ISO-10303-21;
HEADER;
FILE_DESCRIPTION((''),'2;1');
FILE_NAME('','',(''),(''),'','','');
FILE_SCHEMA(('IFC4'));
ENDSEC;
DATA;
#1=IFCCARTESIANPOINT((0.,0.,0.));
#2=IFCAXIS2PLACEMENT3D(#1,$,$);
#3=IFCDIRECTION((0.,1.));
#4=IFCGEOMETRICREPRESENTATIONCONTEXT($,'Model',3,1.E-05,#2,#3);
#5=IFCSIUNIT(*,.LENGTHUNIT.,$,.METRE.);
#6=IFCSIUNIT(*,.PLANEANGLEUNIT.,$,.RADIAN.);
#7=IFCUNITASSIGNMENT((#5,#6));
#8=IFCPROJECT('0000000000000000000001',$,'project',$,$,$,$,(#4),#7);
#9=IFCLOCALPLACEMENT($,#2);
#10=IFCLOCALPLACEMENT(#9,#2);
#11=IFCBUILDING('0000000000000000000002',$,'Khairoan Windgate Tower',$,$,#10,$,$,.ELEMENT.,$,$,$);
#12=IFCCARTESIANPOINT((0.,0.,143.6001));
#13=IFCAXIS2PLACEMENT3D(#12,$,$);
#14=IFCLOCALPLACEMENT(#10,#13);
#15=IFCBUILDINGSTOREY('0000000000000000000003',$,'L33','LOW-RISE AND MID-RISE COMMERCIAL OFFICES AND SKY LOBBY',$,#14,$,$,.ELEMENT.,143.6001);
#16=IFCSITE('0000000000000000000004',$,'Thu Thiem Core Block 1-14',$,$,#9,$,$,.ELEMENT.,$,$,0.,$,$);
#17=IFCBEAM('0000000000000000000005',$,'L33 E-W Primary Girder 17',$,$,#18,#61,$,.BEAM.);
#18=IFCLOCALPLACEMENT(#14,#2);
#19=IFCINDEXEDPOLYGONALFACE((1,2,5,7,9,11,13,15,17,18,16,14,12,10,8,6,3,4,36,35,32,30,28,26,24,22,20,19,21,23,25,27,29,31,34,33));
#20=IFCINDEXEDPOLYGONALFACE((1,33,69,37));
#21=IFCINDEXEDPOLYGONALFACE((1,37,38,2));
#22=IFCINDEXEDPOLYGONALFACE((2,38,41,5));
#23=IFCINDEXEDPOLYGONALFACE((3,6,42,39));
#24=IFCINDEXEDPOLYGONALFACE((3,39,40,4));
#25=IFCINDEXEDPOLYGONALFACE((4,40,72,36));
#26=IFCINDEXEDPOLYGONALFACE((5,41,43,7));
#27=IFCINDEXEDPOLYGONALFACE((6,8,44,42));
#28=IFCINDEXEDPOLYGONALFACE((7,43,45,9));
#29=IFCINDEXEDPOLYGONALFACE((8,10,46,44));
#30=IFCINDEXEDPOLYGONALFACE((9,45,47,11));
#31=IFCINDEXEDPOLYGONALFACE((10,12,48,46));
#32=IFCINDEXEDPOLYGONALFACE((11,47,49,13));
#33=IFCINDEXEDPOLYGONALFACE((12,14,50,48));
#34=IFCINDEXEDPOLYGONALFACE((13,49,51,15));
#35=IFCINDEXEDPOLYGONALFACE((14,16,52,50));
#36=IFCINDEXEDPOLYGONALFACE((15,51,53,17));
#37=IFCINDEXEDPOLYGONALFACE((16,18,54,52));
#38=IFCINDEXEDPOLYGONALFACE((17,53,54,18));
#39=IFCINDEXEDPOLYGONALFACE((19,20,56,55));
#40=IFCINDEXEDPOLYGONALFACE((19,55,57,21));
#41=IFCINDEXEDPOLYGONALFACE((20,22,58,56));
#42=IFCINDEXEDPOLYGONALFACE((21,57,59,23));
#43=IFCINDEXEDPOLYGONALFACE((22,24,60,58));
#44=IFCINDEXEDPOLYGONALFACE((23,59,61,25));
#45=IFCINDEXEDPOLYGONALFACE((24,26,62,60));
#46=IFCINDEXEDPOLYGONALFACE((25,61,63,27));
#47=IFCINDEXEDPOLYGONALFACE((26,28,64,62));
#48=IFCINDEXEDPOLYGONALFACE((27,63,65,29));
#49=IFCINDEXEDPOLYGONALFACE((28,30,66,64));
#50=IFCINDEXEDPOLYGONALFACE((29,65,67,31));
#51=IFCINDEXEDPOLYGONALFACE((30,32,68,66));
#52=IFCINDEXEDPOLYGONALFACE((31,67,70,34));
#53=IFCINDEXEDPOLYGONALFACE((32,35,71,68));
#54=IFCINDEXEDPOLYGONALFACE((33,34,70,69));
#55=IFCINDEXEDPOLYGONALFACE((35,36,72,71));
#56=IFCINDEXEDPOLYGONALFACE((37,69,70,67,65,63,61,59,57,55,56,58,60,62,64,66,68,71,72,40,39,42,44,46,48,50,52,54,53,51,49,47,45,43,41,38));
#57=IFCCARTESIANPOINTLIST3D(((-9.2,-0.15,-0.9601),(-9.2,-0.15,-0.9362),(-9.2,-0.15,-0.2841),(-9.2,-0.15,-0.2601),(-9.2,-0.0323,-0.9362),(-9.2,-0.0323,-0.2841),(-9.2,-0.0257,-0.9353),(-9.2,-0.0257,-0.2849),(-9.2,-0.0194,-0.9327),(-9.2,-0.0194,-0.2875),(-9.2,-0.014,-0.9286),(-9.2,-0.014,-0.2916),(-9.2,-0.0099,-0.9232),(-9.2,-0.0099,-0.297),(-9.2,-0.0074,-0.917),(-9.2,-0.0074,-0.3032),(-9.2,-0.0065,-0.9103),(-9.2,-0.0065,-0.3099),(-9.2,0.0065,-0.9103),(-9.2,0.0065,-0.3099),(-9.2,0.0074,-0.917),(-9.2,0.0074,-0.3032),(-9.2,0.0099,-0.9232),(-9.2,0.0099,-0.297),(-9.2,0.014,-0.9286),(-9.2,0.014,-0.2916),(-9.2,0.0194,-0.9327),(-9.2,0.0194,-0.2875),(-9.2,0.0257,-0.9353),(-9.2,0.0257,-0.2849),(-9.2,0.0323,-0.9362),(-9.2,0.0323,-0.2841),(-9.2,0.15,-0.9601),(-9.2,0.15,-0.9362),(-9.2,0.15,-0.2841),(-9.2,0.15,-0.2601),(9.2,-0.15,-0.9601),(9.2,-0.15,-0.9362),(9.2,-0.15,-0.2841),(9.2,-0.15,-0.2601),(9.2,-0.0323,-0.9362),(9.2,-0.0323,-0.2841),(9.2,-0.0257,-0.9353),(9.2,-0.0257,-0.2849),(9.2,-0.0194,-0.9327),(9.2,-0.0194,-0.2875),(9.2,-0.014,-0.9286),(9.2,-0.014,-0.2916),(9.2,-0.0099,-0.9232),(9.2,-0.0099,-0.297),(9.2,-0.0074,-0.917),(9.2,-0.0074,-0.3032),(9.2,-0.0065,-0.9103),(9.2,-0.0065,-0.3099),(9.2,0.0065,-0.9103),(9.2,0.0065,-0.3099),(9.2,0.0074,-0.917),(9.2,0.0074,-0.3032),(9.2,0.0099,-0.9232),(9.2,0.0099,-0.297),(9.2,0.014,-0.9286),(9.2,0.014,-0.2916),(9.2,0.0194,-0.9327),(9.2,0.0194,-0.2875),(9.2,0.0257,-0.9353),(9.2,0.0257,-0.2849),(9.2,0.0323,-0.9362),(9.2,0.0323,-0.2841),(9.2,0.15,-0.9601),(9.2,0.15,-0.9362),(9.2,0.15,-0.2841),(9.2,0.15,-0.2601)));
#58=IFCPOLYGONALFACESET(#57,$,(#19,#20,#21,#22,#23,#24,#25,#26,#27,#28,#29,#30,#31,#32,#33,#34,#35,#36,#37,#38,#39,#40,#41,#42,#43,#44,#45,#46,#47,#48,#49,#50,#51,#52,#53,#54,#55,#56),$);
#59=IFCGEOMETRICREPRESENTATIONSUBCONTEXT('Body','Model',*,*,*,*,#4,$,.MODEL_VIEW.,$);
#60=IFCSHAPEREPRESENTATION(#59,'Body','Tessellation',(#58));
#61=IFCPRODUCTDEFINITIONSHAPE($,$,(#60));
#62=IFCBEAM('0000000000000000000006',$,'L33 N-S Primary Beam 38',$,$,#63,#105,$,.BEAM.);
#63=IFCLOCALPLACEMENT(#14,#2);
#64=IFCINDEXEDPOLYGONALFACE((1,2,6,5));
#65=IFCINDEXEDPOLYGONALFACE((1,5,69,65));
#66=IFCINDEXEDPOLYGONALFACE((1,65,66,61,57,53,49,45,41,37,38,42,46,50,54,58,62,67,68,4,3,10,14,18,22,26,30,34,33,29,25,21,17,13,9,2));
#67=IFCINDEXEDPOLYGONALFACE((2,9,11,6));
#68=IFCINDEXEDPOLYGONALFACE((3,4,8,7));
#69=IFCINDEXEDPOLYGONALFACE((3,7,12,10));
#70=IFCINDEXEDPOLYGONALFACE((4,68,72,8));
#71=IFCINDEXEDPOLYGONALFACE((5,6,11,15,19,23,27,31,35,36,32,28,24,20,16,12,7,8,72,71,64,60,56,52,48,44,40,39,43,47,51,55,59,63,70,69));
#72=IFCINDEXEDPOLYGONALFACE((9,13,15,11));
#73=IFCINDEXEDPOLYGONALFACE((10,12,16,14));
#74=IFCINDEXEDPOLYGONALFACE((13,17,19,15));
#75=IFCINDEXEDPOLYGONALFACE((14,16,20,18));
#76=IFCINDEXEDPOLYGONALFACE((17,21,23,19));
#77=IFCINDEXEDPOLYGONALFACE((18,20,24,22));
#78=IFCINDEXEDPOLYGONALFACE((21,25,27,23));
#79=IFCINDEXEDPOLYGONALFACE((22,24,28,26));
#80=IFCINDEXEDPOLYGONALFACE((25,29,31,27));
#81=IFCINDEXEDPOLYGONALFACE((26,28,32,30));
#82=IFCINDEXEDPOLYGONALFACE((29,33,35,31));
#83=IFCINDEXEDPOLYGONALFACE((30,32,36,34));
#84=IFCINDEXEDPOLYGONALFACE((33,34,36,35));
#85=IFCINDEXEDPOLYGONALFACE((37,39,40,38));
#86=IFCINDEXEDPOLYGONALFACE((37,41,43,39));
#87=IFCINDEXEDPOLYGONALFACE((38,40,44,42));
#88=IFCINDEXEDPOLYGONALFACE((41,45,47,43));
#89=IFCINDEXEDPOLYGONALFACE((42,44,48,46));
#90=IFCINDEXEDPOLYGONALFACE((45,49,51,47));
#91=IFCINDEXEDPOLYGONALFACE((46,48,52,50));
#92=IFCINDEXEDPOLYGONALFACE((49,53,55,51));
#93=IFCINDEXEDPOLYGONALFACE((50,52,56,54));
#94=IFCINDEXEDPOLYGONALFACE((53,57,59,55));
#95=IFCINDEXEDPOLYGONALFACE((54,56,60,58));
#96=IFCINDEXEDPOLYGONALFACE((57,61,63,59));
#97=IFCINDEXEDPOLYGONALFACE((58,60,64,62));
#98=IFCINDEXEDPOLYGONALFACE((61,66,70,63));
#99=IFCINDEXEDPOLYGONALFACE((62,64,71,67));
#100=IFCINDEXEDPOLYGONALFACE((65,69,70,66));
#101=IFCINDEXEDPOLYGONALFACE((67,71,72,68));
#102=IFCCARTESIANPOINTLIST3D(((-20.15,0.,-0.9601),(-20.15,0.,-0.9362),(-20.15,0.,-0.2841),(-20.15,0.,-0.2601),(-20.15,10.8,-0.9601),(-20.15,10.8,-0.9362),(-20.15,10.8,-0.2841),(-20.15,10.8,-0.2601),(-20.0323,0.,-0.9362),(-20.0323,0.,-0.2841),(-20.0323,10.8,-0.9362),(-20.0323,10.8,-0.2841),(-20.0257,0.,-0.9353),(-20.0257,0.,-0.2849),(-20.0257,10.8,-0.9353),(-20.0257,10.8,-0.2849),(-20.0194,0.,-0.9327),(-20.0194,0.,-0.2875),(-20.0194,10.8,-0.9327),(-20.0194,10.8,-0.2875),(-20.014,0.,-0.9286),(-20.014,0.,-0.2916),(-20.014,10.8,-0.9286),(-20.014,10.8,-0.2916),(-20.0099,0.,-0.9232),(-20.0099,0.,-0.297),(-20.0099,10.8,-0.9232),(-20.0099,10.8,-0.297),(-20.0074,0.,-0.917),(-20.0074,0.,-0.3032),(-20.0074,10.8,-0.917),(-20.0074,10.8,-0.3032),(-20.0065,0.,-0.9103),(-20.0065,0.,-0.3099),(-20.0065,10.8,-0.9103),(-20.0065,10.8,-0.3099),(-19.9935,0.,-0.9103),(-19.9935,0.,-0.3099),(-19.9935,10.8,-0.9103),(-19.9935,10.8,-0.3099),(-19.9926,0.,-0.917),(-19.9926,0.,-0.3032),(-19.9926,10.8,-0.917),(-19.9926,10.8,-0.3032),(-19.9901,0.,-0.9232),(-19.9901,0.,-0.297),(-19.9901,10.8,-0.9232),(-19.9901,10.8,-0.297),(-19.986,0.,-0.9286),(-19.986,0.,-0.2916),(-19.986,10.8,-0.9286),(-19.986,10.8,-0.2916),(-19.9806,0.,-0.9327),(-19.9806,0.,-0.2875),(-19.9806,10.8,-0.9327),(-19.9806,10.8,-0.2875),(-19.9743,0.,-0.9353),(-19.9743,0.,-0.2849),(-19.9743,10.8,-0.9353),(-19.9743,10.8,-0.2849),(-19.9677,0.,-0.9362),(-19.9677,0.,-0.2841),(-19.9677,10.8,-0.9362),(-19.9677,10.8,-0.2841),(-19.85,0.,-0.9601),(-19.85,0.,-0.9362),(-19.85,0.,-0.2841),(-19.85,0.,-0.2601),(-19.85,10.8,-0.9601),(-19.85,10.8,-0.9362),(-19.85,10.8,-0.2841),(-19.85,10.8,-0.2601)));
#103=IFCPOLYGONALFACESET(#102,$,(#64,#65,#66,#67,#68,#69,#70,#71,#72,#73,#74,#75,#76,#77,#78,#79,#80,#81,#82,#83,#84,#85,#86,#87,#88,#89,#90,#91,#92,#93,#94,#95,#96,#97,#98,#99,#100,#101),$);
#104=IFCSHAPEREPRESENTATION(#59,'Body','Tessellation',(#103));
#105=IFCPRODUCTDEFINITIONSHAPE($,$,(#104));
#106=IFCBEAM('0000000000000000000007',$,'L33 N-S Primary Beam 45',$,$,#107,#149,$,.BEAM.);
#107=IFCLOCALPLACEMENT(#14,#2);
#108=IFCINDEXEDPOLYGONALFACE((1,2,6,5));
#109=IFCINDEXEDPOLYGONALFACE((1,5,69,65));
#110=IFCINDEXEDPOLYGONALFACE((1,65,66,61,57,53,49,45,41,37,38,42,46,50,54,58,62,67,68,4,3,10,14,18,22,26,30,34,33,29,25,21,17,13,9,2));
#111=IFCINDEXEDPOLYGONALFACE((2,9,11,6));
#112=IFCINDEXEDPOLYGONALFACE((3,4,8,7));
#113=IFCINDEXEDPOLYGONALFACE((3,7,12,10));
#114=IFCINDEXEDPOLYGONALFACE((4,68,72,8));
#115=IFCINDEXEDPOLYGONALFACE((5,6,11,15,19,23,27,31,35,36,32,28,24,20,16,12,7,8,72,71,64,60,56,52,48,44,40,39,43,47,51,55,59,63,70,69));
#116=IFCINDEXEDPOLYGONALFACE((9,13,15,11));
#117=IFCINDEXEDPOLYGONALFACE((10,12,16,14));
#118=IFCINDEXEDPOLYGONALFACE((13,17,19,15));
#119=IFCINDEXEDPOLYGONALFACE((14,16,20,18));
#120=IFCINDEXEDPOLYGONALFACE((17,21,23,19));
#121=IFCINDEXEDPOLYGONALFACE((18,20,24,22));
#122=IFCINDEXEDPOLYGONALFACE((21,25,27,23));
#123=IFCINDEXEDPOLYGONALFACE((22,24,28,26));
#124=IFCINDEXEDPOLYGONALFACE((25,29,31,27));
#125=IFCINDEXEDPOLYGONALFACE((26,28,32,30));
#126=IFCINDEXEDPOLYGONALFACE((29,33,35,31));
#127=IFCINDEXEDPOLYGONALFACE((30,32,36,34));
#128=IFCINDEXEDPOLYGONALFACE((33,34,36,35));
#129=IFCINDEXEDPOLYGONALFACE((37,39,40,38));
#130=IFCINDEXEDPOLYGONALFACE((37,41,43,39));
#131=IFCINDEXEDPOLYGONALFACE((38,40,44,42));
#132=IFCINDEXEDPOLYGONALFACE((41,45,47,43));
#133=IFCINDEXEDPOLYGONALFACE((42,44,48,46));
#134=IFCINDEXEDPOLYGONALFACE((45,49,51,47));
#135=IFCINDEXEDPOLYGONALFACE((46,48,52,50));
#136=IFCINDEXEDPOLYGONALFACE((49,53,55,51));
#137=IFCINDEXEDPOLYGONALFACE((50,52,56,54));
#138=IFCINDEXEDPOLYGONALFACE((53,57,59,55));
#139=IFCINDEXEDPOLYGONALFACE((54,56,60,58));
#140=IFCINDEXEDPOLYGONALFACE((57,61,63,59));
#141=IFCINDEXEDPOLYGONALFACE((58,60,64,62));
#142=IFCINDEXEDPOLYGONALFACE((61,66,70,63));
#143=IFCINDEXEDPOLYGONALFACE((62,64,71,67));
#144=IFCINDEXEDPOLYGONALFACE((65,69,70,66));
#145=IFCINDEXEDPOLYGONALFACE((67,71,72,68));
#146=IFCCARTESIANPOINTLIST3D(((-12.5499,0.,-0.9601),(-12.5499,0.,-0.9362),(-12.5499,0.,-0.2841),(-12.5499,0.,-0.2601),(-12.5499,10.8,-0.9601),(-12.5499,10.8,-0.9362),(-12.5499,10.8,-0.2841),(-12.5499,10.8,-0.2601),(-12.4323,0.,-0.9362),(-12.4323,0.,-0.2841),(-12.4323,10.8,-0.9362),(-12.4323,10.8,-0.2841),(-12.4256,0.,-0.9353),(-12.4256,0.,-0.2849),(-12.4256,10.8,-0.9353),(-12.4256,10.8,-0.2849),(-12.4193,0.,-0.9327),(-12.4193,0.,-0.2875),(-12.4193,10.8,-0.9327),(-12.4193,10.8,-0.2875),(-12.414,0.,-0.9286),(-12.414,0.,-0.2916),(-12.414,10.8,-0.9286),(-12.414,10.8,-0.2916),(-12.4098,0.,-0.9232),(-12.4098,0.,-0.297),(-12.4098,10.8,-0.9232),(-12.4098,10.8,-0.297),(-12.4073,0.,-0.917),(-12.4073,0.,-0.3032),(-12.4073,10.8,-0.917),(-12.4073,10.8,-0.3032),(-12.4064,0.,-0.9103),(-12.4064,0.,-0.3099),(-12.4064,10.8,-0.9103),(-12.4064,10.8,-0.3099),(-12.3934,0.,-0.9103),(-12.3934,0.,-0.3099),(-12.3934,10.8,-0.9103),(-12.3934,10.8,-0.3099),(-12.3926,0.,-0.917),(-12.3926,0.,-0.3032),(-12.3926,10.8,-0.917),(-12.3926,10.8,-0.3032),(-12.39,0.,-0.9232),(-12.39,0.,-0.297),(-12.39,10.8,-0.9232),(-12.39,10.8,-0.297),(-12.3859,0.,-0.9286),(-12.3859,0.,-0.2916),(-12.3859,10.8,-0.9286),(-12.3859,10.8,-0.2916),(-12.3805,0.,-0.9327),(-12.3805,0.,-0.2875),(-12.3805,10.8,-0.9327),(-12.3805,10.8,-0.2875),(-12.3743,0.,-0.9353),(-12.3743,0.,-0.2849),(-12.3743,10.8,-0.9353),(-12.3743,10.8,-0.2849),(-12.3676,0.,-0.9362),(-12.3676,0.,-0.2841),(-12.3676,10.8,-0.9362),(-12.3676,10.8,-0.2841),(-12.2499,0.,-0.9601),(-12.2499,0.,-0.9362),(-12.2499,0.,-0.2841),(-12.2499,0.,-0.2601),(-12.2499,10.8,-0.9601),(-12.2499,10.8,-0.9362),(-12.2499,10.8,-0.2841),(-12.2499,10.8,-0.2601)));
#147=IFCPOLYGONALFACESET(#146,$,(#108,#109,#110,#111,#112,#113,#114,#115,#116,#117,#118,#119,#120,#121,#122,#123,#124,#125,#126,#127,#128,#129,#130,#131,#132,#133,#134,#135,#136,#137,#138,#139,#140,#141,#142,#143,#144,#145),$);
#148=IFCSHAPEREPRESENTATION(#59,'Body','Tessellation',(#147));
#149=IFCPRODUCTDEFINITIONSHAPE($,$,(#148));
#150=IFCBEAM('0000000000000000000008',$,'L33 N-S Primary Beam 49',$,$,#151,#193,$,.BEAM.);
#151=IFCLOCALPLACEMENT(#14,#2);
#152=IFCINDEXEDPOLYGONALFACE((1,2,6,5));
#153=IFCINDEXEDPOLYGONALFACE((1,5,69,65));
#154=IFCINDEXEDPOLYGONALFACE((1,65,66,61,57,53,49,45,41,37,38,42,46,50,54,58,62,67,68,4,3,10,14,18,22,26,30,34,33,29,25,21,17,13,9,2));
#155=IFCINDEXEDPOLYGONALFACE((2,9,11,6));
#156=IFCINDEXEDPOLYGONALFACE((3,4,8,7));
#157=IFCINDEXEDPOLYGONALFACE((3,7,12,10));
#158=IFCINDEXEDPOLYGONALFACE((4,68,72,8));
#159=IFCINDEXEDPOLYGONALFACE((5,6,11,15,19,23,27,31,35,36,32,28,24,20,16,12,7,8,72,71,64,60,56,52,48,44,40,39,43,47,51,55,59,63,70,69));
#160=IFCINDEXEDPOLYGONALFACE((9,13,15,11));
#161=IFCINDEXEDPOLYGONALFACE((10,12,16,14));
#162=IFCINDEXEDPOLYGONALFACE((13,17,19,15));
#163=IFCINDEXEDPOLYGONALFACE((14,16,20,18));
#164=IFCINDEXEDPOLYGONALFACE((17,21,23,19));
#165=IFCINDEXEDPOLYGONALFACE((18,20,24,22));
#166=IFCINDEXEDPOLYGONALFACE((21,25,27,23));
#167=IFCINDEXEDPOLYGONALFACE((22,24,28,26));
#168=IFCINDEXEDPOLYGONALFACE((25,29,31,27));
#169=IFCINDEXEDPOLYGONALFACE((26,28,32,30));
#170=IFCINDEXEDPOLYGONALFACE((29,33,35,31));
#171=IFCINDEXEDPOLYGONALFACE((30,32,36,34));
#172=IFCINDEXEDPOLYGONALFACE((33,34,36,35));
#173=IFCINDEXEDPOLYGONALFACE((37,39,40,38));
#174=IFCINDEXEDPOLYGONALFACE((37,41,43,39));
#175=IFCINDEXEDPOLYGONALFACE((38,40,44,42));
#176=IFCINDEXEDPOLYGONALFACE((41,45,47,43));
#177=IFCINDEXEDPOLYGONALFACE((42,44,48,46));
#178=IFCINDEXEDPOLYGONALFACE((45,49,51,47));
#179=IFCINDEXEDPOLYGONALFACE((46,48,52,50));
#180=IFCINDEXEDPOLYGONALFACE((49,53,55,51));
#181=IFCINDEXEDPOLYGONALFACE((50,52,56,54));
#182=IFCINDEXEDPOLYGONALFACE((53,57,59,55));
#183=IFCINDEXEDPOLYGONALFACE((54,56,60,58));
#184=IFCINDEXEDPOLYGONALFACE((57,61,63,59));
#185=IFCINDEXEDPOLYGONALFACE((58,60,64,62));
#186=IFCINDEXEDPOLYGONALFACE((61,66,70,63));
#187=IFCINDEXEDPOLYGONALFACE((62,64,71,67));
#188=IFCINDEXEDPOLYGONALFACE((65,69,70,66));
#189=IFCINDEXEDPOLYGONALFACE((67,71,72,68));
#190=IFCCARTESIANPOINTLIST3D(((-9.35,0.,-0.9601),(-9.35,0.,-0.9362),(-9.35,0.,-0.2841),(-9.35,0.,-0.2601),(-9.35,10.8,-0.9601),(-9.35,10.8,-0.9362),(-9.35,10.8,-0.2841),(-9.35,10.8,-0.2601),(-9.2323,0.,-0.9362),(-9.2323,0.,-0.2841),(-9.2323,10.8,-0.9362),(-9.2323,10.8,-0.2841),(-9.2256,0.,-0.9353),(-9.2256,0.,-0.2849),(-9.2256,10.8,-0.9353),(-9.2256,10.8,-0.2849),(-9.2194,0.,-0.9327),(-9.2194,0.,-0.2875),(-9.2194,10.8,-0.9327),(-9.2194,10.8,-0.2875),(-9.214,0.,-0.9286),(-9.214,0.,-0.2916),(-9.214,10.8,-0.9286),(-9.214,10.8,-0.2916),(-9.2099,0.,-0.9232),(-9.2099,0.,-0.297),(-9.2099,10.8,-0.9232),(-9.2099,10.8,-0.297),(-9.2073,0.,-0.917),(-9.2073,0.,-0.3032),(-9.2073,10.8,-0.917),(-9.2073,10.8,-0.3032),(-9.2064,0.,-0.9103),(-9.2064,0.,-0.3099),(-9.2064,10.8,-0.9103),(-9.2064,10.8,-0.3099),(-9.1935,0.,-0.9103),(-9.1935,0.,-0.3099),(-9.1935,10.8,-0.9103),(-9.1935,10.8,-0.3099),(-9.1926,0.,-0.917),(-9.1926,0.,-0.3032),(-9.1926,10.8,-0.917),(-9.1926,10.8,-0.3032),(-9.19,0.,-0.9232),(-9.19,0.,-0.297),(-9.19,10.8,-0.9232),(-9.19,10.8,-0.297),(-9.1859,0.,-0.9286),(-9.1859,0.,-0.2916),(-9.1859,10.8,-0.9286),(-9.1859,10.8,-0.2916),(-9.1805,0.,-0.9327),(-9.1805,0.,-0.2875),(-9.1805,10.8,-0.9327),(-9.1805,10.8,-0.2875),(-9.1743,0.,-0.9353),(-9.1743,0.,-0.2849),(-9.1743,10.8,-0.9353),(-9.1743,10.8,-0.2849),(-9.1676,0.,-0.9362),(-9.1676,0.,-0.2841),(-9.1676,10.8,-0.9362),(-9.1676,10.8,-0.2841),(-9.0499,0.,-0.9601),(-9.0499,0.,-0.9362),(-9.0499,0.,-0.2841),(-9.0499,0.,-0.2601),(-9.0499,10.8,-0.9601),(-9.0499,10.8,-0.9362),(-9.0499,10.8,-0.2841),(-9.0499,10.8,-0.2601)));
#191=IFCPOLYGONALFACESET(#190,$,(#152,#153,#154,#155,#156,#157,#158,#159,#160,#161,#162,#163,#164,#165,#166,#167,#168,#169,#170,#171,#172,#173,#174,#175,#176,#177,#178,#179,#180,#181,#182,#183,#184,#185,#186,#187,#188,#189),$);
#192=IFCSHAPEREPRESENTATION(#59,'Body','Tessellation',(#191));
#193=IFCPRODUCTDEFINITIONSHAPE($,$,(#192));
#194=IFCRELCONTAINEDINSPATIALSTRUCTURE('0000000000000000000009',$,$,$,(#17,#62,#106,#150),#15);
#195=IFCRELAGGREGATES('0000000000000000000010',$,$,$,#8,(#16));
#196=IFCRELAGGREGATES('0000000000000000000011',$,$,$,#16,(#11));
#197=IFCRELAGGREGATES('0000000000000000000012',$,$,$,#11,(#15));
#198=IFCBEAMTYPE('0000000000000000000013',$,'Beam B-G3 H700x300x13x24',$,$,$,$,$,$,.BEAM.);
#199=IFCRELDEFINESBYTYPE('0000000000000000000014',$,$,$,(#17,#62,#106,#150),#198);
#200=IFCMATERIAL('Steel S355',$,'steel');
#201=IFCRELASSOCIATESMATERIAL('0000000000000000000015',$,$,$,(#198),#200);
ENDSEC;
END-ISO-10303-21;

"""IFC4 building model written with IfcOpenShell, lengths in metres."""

from ifc_helpers import new_model, si_unit, direction, frame, origin, origin_2d, place, context, subcontext, project, spatial, i_section, extrude, material, material_profile, profile_set, type_object, element, save


model = new_model("IFC4")

# Units and contexts
model_context = context("Model", 3, precision=1e-05, world=origin(), true_north=direction((0.0, 1.0)))
body_context = subcontext(model_context, "Body", "Model", "MODEL_VIEW")
ifc_project = project(units=[si_unit("LENGTHUNIT", "METRE"), si_unit("PLANEANGLEUNIT", "RADIAN")], contexts=[model_context])

# Site, building, storey
site_placement = place(None, origin())
site = spatial("IfcSite", under=ifc_project, at=site_placement, Name="Thu Thiem Core Block 1-14", CompositionType="ELEMENT", RefElevation=0.0)
building_placement = place(site_placement, origin())
building = spatial("IfcBuilding", under=site, at=building_placement, Name="Khairoan Windgate Tower", CompositionType="ELEMENT")
storey_placement = place(building_placement, frame((0.0, 0.0, 143.6001)))
storey = spatial("IfcBuildingStorey", under=building, at=storey_placement, Name="L33", Description="LOW-RISE AND MID-RISE COMMERCIAL OFFICES AND SKY LOBBY", CompositionType="ELEMENT", Elevation=143.6001)

# Beams
ifc_material_1 = material(Name="Steel S355", Category="steel")
ifc_material_profile_1 = material_profile(ifc_material_1, i_section(OverallWidth=0.3, OverallDepth=0.7, WebThickness=0.0129, FlangeThickness=0.0239, FilletRadius=0.0259, at=origin_2d()))
ifc_profile_set_1 = profile_set([ifc_material_profile_1], Name="Steel S355")
beam_type_1 = type_object("IfcBeamType", Name="Beam B-G3 H700x300x13x24", PredefinedType="BEAM", material=ifc_profile_set_1)
beam_1_placement = place(storey_placement, frame((-9.2, 0.0, -0.6101), z_axis=(1.0, 0.0, 0.0), x_axis=(0.0, 1.0, 0.0)))
element("IfcBeam", 1, at=beam_1_placement, inside=storey, type_object=beam_type_1, Name="L33 E-W Primary Girder 17", PredefinedType="BEAM", context=body_context, shape_type="SweptSolid", body=[
    extrude(i_section(OverallWidth=0.3, OverallDepth=0.7, WebThickness=0.0129, FlangeThickness=0.0239, FilletRadius=0.0259, at=origin_2d()), origin(), (0.0, 0.0, 1.0), 18.3999),
])
for number, where, z_axis, x_axis, name in (
    (2, (-20.0, 0.0, -0.6101), (0.0, 1.0, 0.0), (-1.0, 0.0, 0.0), "L33 N-S Primary Beam 38"),
    (3, (-12.3999, 0.0, -0.6101), (0.0, 1.0, 0.0), (-1.0, 0.0, 0.0), "L33 N-S Primary Beam 45"),
    (4, (-9.2, 0.0, -0.6101), (0.0, 1.0, 0.0), (-1.0, 0.0, 0.0), "L33 N-S Primary Beam 49"),
):
    element("IfcBeam", number, at=place(storey_placement, frame(where, z_axis=z_axis, x_axis=x_axis)), inside=storey, type_object=beam_type_1, Name=name, PredefinedType="BEAM", context=body_context, shape_type="SweptSolid", body=[
        extrude(i_section(OverallWidth=0.3, OverallDepth=0.7, WebThickness=0.0129, FlangeThickness=0.0239, FilletRadius=0.0259, at=origin_2d()), origin(), (0.0, 0.0, 1.0), 10.8),
    ])

save(model, "model.ifc")
